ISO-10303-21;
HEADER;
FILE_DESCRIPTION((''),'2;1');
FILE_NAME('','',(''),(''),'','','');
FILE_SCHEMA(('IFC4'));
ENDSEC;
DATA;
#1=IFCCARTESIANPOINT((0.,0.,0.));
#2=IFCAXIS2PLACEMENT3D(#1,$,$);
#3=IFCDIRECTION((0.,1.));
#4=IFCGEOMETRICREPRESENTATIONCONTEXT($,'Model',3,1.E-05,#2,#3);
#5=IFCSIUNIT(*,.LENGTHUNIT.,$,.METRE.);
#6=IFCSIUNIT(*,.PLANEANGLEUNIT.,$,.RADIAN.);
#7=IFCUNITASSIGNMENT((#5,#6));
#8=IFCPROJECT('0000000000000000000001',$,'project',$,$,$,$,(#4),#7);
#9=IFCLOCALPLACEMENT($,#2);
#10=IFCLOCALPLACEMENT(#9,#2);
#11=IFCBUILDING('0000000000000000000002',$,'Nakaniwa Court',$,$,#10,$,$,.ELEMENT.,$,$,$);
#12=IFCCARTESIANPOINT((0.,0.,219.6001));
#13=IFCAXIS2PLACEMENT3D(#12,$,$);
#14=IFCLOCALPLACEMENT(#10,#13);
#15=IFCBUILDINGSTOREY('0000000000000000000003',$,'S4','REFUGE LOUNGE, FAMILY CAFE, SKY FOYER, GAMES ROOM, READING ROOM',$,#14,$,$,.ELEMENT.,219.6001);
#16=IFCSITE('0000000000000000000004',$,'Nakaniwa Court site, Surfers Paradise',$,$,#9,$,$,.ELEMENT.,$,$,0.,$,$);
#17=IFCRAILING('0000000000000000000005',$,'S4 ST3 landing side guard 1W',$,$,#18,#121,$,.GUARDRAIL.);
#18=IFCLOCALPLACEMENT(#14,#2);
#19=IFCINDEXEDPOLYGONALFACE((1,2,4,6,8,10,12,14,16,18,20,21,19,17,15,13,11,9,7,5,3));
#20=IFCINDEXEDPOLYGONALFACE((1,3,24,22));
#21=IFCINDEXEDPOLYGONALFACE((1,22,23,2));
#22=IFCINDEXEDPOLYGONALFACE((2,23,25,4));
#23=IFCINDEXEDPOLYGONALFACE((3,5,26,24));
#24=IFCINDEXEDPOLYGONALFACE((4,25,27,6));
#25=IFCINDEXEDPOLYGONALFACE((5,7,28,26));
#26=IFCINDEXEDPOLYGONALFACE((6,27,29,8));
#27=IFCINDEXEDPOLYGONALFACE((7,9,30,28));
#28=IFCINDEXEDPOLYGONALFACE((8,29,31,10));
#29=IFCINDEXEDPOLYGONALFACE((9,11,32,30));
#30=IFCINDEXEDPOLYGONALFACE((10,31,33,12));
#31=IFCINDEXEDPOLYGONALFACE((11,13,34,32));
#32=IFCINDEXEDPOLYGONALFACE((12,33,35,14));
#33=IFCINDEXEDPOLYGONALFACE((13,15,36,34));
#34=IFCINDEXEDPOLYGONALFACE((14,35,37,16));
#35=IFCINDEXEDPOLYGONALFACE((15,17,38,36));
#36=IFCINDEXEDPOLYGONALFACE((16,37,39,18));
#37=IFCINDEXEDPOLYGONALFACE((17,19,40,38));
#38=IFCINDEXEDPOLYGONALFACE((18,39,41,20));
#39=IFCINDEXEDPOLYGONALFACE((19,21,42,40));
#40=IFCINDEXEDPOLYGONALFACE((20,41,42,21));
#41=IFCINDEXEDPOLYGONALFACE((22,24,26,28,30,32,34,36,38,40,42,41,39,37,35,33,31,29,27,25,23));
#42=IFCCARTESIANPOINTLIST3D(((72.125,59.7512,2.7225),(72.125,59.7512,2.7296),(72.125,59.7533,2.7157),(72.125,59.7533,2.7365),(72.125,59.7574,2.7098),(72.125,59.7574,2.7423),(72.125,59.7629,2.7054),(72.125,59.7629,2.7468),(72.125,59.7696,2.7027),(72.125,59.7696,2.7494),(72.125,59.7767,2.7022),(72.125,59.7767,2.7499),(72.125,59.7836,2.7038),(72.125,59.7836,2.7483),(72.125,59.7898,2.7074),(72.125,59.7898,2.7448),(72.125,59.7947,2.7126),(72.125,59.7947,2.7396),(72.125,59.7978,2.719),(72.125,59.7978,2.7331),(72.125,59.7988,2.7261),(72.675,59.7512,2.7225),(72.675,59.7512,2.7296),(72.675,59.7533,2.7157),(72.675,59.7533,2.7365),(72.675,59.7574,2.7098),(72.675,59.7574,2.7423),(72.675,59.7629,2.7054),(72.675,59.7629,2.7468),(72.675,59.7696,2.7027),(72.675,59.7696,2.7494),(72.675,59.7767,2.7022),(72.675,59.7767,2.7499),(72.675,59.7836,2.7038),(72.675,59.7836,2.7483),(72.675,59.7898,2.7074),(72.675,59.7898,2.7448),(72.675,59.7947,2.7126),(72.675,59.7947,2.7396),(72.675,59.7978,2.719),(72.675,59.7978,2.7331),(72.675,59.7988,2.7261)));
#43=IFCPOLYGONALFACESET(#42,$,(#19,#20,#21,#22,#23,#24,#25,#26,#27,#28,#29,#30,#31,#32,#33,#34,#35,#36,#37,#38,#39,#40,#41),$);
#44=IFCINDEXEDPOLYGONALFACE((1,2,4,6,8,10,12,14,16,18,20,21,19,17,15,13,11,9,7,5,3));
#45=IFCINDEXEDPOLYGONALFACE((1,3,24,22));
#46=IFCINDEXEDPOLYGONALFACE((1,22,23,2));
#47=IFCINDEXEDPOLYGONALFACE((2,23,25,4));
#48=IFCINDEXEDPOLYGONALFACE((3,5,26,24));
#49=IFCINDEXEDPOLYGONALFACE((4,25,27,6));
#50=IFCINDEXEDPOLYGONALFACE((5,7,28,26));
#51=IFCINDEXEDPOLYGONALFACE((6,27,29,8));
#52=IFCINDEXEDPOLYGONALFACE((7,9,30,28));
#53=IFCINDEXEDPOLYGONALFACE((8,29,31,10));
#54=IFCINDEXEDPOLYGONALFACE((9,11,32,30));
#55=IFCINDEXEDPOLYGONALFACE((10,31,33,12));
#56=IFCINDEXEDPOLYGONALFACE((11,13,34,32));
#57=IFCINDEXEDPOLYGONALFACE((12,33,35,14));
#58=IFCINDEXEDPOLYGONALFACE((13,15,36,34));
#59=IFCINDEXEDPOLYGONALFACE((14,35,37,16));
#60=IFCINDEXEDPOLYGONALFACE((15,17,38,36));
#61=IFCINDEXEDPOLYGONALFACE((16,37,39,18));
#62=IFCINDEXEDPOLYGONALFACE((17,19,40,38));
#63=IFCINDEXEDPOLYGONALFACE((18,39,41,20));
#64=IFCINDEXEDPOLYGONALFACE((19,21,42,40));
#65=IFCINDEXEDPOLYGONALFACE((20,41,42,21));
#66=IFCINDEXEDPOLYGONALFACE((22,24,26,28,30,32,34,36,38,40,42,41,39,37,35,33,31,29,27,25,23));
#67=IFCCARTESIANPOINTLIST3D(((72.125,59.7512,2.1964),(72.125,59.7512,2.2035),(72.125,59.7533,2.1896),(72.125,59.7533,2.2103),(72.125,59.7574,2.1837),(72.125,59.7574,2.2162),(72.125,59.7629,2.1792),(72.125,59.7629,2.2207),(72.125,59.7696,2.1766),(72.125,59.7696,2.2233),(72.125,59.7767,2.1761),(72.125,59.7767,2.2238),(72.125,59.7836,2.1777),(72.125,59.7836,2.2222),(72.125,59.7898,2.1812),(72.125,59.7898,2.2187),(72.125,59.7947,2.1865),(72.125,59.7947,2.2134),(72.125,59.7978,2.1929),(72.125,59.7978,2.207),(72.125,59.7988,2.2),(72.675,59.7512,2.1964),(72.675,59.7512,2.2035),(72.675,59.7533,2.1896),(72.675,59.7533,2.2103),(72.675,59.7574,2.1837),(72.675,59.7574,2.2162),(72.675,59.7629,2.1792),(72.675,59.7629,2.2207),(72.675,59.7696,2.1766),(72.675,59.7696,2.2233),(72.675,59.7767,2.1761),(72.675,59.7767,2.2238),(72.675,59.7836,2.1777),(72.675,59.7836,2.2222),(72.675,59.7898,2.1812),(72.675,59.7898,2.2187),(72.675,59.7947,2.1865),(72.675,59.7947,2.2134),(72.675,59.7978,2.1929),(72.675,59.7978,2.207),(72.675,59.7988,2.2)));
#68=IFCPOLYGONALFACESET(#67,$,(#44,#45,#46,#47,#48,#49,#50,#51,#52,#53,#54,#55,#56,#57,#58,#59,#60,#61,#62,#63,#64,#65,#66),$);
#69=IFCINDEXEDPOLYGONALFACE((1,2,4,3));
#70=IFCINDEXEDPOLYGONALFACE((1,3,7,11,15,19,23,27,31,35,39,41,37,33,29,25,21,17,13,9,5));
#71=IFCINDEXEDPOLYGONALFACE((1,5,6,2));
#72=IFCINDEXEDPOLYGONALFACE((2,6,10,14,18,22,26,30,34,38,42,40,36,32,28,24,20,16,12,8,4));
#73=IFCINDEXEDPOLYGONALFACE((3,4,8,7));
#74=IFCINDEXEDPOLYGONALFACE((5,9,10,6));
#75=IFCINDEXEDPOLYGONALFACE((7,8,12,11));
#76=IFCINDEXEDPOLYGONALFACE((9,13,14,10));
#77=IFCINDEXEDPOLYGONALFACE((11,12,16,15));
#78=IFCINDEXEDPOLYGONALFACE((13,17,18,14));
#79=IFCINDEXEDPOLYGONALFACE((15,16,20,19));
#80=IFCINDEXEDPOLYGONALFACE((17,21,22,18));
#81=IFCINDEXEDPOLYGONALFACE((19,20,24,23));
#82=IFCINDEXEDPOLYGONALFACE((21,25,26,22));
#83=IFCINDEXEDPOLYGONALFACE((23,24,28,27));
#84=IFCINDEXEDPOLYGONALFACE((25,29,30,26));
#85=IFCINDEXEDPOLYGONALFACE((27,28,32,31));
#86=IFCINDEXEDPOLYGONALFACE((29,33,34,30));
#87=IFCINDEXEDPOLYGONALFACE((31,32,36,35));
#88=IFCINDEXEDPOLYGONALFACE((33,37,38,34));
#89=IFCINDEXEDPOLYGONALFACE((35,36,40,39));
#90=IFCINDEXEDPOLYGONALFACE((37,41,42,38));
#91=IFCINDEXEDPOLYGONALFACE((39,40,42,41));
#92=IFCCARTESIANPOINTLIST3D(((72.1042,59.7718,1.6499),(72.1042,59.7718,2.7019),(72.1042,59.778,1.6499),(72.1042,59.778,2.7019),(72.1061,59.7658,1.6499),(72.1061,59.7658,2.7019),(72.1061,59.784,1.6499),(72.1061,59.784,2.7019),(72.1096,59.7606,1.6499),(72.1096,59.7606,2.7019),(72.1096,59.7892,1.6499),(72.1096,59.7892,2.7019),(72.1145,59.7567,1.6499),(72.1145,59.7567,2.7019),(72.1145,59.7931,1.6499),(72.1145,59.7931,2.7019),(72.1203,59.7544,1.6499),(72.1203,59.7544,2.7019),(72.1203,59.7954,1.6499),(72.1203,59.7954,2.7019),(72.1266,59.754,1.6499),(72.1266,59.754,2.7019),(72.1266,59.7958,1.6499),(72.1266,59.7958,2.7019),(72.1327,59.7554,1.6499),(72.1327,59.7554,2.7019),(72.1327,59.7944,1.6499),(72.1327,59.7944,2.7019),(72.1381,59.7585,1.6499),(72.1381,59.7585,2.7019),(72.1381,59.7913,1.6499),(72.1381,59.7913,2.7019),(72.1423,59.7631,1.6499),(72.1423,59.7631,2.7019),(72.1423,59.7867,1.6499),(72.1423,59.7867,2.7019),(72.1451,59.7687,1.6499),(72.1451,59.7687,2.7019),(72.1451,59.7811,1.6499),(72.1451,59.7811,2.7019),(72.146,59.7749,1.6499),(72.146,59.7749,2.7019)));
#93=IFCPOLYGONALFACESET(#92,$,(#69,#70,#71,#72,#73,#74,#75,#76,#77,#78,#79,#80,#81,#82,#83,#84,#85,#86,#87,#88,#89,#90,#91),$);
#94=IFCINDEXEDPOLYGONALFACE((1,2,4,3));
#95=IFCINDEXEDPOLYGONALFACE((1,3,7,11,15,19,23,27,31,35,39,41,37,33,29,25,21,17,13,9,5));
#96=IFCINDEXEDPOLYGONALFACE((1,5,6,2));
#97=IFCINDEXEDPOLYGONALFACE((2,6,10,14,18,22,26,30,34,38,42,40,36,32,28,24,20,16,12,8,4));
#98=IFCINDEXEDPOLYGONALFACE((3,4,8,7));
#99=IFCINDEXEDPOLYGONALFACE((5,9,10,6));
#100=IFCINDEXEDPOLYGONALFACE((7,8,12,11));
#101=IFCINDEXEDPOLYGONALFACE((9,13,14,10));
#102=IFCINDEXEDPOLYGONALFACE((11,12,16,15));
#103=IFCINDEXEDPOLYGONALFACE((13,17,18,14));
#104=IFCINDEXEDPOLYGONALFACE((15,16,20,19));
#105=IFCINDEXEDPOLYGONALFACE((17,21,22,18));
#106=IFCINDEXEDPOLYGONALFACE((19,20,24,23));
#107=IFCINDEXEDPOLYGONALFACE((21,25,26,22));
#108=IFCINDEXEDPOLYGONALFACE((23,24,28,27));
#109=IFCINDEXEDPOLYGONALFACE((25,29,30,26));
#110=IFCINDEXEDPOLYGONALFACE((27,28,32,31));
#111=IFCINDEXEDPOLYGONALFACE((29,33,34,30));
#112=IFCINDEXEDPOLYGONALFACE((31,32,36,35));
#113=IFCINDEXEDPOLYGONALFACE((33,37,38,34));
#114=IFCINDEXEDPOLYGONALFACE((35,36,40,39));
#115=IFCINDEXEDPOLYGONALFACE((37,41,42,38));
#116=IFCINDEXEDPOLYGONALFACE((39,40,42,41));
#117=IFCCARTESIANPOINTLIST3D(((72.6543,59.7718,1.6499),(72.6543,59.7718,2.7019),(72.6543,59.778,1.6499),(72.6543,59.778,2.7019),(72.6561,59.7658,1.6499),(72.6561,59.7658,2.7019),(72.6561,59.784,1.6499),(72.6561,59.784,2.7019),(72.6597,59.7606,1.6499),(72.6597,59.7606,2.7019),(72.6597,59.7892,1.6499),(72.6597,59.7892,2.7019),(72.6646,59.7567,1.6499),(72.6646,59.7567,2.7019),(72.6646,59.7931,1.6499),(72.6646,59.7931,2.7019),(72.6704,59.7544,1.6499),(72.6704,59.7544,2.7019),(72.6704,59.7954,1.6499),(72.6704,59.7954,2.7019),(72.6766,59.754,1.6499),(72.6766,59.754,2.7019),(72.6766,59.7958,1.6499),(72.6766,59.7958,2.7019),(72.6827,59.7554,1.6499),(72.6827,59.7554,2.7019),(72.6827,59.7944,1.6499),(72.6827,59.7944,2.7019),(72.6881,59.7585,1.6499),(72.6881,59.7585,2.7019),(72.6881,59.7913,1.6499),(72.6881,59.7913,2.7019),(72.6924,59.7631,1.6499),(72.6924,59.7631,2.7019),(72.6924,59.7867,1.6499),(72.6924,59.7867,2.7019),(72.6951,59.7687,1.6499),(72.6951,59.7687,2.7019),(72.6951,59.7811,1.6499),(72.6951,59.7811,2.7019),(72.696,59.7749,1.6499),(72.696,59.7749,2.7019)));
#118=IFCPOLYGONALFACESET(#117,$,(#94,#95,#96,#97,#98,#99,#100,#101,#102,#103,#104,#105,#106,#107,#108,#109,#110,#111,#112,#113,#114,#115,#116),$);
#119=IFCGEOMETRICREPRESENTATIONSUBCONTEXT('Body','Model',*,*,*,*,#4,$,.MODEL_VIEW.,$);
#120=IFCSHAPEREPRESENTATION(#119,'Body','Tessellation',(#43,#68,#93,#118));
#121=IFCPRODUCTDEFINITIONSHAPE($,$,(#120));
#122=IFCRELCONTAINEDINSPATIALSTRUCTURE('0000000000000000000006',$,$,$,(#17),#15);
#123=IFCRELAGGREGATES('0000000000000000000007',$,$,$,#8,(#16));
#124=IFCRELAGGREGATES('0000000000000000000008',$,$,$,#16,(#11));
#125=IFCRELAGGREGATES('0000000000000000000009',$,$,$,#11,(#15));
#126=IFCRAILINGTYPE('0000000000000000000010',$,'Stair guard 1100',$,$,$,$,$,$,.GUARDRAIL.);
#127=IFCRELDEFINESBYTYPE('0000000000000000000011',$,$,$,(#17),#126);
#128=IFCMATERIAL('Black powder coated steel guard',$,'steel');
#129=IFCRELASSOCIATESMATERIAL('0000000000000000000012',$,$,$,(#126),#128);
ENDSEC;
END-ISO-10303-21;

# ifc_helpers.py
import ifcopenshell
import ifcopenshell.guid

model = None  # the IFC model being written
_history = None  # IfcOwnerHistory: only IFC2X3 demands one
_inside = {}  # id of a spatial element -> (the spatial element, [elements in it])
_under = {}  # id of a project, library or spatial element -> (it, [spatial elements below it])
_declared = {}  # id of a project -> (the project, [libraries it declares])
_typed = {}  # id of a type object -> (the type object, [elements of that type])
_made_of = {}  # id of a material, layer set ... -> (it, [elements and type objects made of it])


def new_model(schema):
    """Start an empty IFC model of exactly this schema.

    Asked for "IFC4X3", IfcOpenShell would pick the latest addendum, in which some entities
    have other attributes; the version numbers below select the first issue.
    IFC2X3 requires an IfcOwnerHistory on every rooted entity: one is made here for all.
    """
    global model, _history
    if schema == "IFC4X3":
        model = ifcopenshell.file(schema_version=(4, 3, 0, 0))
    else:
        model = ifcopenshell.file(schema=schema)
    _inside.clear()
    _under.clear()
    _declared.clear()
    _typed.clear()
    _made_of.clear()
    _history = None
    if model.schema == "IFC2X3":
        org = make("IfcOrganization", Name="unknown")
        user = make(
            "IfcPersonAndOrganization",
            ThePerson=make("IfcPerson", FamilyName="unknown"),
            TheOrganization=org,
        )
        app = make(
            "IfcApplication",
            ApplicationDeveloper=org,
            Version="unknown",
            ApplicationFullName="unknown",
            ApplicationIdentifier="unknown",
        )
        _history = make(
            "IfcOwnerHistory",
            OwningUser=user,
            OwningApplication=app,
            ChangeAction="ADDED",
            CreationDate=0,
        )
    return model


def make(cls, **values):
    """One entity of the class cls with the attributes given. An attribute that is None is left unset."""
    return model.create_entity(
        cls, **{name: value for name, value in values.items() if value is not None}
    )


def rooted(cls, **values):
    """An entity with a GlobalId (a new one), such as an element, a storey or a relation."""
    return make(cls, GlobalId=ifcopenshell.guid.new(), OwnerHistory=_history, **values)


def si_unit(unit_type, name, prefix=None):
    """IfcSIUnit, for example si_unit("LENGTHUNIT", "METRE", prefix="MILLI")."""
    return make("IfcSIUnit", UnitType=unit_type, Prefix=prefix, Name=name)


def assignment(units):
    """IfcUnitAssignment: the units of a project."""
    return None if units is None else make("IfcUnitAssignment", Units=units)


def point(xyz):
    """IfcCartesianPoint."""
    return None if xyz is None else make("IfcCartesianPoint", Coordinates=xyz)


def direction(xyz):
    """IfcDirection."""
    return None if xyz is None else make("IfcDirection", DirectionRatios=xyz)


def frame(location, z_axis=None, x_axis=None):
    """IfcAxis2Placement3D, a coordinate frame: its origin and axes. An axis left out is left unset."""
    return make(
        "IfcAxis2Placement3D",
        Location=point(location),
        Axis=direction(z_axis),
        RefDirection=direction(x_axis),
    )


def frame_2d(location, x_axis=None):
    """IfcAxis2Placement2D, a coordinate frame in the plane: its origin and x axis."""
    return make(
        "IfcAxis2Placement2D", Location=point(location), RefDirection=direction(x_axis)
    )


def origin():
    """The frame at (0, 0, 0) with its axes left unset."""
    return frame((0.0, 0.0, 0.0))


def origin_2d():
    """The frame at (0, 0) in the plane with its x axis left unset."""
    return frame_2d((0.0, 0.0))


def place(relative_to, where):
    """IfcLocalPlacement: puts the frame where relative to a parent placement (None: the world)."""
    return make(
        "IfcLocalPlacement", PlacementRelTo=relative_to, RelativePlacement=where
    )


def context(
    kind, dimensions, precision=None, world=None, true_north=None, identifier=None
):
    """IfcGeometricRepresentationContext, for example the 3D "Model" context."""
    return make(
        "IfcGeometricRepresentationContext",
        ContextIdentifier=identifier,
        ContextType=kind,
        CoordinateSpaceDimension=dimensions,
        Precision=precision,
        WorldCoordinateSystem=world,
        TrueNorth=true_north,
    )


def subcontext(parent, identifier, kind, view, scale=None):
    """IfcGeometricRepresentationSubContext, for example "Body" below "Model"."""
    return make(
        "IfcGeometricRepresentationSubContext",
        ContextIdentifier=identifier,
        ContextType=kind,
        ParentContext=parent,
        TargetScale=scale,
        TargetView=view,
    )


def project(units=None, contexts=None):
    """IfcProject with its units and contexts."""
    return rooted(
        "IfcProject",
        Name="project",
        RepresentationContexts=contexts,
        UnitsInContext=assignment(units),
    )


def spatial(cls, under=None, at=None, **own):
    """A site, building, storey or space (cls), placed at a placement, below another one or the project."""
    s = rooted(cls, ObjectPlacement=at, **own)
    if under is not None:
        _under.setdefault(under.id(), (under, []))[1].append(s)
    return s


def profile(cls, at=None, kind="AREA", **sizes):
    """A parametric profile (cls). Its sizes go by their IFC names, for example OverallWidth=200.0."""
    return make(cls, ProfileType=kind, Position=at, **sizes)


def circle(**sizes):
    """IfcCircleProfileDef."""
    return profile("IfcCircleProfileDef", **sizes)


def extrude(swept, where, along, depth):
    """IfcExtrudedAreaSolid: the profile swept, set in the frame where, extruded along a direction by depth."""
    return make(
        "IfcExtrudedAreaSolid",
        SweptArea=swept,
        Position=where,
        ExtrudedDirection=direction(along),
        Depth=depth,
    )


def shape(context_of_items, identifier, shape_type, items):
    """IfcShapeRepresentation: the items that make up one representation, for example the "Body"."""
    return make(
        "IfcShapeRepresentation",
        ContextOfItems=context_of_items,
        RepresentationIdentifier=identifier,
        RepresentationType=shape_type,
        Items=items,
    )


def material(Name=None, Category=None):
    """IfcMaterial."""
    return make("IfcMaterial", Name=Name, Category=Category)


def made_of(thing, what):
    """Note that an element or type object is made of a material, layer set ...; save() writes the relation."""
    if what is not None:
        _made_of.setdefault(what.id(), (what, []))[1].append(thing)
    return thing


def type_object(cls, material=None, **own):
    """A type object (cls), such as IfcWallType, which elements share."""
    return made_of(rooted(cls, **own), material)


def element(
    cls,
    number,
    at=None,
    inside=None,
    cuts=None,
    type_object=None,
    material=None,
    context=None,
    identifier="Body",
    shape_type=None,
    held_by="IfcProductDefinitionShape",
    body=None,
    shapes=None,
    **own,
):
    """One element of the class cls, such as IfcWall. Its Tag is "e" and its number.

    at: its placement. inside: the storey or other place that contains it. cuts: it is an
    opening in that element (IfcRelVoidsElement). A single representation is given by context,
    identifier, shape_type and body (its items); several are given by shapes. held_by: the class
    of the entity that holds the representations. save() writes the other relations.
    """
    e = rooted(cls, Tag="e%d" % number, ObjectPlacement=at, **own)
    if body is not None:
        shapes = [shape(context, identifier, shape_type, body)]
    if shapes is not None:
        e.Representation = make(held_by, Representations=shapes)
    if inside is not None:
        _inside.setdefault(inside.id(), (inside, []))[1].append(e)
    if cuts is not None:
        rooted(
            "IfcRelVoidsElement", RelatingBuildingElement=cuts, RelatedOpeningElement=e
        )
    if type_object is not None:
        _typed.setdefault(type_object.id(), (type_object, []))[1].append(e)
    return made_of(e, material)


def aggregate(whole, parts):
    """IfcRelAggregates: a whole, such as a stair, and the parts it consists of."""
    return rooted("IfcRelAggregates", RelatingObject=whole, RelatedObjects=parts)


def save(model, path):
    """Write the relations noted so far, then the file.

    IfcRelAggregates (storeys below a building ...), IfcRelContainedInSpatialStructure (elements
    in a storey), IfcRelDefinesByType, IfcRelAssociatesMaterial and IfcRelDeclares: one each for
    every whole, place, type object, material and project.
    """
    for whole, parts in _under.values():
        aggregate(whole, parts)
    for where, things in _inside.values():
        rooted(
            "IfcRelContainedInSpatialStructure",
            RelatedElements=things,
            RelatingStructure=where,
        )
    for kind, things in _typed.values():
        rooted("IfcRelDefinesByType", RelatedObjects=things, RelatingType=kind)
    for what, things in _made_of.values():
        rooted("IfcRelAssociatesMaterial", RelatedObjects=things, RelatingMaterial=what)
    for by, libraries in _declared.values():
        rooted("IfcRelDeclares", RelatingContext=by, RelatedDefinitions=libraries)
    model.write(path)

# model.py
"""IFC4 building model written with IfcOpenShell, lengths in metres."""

from ifc_helpers import new_model, si_unit, direction, frame, origin, origin_2d, place, context, subcontext, project, spatial, circle, extrude, material, type_object, element, save


model = new_model("IFC4")

# Units and contexts
model_context = context("Model", 3, precision=1e-05, world=origin(), true_north=direction((0.0, 1.0)))
body_context = subcontext(model_context, "Body", "Model", "MODEL_VIEW")
ifc_project = project(units=[si_unit("LENGTHUNIT", "METRE"), si_unit("PLANEANGLEUNIT", "RADIAN")], contexts=[model_context])

# Site, building, storey
site_placement = place(None, origin())
site = spatial("IfcSite", under=ifc_project, at=site_placement, Name="Nakaniwa Court site, Surfers Paradise", CompositionType="ELEMENT", RefElevation=0.0)
building_placement = place(site_placement, origin())
building = spatial("IfcBuilding", under=site, at=building_placement, Name="Nakaniwa Court", CompositionType="ELEMENT")
storey_placement = place(building_placement, frame((0.0, 0.0, 219.6001)))
storey = spatial("IfcBuildingStorey", under=building, at=storey_placement, Name="S4", Description="REFUGE LOUNGE, FAMILY CAFE, SKY FOYER, GAMES ROOM, READING ROOM", CompositionType="ELEMENT", Elevation=219.6001)

# Railing
ifc_material_1 = material(Name="Black powder coated steel guard", Category="steel")
railing_type_1 = type_object("IfcRailingType", Name="Stair guard 1100", PredefinedType="GUARDRAIL", material=ifc_material_1)
for number, where, name in (
    (1, (72.125, 59.7749, 1.6499), "S4 ST3 landing side guard 1W"),
):
    element("IfcRailing", number, at=place(storey_placement, frame(where)), inside=storey, type_object=railing_type_1, Name=name, PredefinedType="GUARDRAIL", context=body_context, shape_type="SweptSolid", body=[
        extrude(circle(Radius=0.0239, at=origin_2d()), frame((0.0, 0.0, 1.0762), z_axis=(1.0, 0.0, 0.0), x_axis=(0.0, 1.0, 0.0)), (0.0, 0.0, 1.0), 0.55),
        extrude(circle(Radius=0.0239, at=origin_2d()), frame((0.0, 0.0, 0.55), z_axis=(1.0, 0.0, 0.0), x_axis=(0.0, 1.0, 0.0)), (0.0, 0.0, 1.0), 0.55),
        extrude(circle(Radius=0.021, at=origin_2d()), origin(), (0.0, 0.0, 1.0), 1.052),
        extrude(circle(Radius=0.021, at=origin_2d()), frame((0.55, 0.0, 0.0)), (0.0, 0.0, 1.0), 1.052),
    ])

save(model, "model.ifc")
